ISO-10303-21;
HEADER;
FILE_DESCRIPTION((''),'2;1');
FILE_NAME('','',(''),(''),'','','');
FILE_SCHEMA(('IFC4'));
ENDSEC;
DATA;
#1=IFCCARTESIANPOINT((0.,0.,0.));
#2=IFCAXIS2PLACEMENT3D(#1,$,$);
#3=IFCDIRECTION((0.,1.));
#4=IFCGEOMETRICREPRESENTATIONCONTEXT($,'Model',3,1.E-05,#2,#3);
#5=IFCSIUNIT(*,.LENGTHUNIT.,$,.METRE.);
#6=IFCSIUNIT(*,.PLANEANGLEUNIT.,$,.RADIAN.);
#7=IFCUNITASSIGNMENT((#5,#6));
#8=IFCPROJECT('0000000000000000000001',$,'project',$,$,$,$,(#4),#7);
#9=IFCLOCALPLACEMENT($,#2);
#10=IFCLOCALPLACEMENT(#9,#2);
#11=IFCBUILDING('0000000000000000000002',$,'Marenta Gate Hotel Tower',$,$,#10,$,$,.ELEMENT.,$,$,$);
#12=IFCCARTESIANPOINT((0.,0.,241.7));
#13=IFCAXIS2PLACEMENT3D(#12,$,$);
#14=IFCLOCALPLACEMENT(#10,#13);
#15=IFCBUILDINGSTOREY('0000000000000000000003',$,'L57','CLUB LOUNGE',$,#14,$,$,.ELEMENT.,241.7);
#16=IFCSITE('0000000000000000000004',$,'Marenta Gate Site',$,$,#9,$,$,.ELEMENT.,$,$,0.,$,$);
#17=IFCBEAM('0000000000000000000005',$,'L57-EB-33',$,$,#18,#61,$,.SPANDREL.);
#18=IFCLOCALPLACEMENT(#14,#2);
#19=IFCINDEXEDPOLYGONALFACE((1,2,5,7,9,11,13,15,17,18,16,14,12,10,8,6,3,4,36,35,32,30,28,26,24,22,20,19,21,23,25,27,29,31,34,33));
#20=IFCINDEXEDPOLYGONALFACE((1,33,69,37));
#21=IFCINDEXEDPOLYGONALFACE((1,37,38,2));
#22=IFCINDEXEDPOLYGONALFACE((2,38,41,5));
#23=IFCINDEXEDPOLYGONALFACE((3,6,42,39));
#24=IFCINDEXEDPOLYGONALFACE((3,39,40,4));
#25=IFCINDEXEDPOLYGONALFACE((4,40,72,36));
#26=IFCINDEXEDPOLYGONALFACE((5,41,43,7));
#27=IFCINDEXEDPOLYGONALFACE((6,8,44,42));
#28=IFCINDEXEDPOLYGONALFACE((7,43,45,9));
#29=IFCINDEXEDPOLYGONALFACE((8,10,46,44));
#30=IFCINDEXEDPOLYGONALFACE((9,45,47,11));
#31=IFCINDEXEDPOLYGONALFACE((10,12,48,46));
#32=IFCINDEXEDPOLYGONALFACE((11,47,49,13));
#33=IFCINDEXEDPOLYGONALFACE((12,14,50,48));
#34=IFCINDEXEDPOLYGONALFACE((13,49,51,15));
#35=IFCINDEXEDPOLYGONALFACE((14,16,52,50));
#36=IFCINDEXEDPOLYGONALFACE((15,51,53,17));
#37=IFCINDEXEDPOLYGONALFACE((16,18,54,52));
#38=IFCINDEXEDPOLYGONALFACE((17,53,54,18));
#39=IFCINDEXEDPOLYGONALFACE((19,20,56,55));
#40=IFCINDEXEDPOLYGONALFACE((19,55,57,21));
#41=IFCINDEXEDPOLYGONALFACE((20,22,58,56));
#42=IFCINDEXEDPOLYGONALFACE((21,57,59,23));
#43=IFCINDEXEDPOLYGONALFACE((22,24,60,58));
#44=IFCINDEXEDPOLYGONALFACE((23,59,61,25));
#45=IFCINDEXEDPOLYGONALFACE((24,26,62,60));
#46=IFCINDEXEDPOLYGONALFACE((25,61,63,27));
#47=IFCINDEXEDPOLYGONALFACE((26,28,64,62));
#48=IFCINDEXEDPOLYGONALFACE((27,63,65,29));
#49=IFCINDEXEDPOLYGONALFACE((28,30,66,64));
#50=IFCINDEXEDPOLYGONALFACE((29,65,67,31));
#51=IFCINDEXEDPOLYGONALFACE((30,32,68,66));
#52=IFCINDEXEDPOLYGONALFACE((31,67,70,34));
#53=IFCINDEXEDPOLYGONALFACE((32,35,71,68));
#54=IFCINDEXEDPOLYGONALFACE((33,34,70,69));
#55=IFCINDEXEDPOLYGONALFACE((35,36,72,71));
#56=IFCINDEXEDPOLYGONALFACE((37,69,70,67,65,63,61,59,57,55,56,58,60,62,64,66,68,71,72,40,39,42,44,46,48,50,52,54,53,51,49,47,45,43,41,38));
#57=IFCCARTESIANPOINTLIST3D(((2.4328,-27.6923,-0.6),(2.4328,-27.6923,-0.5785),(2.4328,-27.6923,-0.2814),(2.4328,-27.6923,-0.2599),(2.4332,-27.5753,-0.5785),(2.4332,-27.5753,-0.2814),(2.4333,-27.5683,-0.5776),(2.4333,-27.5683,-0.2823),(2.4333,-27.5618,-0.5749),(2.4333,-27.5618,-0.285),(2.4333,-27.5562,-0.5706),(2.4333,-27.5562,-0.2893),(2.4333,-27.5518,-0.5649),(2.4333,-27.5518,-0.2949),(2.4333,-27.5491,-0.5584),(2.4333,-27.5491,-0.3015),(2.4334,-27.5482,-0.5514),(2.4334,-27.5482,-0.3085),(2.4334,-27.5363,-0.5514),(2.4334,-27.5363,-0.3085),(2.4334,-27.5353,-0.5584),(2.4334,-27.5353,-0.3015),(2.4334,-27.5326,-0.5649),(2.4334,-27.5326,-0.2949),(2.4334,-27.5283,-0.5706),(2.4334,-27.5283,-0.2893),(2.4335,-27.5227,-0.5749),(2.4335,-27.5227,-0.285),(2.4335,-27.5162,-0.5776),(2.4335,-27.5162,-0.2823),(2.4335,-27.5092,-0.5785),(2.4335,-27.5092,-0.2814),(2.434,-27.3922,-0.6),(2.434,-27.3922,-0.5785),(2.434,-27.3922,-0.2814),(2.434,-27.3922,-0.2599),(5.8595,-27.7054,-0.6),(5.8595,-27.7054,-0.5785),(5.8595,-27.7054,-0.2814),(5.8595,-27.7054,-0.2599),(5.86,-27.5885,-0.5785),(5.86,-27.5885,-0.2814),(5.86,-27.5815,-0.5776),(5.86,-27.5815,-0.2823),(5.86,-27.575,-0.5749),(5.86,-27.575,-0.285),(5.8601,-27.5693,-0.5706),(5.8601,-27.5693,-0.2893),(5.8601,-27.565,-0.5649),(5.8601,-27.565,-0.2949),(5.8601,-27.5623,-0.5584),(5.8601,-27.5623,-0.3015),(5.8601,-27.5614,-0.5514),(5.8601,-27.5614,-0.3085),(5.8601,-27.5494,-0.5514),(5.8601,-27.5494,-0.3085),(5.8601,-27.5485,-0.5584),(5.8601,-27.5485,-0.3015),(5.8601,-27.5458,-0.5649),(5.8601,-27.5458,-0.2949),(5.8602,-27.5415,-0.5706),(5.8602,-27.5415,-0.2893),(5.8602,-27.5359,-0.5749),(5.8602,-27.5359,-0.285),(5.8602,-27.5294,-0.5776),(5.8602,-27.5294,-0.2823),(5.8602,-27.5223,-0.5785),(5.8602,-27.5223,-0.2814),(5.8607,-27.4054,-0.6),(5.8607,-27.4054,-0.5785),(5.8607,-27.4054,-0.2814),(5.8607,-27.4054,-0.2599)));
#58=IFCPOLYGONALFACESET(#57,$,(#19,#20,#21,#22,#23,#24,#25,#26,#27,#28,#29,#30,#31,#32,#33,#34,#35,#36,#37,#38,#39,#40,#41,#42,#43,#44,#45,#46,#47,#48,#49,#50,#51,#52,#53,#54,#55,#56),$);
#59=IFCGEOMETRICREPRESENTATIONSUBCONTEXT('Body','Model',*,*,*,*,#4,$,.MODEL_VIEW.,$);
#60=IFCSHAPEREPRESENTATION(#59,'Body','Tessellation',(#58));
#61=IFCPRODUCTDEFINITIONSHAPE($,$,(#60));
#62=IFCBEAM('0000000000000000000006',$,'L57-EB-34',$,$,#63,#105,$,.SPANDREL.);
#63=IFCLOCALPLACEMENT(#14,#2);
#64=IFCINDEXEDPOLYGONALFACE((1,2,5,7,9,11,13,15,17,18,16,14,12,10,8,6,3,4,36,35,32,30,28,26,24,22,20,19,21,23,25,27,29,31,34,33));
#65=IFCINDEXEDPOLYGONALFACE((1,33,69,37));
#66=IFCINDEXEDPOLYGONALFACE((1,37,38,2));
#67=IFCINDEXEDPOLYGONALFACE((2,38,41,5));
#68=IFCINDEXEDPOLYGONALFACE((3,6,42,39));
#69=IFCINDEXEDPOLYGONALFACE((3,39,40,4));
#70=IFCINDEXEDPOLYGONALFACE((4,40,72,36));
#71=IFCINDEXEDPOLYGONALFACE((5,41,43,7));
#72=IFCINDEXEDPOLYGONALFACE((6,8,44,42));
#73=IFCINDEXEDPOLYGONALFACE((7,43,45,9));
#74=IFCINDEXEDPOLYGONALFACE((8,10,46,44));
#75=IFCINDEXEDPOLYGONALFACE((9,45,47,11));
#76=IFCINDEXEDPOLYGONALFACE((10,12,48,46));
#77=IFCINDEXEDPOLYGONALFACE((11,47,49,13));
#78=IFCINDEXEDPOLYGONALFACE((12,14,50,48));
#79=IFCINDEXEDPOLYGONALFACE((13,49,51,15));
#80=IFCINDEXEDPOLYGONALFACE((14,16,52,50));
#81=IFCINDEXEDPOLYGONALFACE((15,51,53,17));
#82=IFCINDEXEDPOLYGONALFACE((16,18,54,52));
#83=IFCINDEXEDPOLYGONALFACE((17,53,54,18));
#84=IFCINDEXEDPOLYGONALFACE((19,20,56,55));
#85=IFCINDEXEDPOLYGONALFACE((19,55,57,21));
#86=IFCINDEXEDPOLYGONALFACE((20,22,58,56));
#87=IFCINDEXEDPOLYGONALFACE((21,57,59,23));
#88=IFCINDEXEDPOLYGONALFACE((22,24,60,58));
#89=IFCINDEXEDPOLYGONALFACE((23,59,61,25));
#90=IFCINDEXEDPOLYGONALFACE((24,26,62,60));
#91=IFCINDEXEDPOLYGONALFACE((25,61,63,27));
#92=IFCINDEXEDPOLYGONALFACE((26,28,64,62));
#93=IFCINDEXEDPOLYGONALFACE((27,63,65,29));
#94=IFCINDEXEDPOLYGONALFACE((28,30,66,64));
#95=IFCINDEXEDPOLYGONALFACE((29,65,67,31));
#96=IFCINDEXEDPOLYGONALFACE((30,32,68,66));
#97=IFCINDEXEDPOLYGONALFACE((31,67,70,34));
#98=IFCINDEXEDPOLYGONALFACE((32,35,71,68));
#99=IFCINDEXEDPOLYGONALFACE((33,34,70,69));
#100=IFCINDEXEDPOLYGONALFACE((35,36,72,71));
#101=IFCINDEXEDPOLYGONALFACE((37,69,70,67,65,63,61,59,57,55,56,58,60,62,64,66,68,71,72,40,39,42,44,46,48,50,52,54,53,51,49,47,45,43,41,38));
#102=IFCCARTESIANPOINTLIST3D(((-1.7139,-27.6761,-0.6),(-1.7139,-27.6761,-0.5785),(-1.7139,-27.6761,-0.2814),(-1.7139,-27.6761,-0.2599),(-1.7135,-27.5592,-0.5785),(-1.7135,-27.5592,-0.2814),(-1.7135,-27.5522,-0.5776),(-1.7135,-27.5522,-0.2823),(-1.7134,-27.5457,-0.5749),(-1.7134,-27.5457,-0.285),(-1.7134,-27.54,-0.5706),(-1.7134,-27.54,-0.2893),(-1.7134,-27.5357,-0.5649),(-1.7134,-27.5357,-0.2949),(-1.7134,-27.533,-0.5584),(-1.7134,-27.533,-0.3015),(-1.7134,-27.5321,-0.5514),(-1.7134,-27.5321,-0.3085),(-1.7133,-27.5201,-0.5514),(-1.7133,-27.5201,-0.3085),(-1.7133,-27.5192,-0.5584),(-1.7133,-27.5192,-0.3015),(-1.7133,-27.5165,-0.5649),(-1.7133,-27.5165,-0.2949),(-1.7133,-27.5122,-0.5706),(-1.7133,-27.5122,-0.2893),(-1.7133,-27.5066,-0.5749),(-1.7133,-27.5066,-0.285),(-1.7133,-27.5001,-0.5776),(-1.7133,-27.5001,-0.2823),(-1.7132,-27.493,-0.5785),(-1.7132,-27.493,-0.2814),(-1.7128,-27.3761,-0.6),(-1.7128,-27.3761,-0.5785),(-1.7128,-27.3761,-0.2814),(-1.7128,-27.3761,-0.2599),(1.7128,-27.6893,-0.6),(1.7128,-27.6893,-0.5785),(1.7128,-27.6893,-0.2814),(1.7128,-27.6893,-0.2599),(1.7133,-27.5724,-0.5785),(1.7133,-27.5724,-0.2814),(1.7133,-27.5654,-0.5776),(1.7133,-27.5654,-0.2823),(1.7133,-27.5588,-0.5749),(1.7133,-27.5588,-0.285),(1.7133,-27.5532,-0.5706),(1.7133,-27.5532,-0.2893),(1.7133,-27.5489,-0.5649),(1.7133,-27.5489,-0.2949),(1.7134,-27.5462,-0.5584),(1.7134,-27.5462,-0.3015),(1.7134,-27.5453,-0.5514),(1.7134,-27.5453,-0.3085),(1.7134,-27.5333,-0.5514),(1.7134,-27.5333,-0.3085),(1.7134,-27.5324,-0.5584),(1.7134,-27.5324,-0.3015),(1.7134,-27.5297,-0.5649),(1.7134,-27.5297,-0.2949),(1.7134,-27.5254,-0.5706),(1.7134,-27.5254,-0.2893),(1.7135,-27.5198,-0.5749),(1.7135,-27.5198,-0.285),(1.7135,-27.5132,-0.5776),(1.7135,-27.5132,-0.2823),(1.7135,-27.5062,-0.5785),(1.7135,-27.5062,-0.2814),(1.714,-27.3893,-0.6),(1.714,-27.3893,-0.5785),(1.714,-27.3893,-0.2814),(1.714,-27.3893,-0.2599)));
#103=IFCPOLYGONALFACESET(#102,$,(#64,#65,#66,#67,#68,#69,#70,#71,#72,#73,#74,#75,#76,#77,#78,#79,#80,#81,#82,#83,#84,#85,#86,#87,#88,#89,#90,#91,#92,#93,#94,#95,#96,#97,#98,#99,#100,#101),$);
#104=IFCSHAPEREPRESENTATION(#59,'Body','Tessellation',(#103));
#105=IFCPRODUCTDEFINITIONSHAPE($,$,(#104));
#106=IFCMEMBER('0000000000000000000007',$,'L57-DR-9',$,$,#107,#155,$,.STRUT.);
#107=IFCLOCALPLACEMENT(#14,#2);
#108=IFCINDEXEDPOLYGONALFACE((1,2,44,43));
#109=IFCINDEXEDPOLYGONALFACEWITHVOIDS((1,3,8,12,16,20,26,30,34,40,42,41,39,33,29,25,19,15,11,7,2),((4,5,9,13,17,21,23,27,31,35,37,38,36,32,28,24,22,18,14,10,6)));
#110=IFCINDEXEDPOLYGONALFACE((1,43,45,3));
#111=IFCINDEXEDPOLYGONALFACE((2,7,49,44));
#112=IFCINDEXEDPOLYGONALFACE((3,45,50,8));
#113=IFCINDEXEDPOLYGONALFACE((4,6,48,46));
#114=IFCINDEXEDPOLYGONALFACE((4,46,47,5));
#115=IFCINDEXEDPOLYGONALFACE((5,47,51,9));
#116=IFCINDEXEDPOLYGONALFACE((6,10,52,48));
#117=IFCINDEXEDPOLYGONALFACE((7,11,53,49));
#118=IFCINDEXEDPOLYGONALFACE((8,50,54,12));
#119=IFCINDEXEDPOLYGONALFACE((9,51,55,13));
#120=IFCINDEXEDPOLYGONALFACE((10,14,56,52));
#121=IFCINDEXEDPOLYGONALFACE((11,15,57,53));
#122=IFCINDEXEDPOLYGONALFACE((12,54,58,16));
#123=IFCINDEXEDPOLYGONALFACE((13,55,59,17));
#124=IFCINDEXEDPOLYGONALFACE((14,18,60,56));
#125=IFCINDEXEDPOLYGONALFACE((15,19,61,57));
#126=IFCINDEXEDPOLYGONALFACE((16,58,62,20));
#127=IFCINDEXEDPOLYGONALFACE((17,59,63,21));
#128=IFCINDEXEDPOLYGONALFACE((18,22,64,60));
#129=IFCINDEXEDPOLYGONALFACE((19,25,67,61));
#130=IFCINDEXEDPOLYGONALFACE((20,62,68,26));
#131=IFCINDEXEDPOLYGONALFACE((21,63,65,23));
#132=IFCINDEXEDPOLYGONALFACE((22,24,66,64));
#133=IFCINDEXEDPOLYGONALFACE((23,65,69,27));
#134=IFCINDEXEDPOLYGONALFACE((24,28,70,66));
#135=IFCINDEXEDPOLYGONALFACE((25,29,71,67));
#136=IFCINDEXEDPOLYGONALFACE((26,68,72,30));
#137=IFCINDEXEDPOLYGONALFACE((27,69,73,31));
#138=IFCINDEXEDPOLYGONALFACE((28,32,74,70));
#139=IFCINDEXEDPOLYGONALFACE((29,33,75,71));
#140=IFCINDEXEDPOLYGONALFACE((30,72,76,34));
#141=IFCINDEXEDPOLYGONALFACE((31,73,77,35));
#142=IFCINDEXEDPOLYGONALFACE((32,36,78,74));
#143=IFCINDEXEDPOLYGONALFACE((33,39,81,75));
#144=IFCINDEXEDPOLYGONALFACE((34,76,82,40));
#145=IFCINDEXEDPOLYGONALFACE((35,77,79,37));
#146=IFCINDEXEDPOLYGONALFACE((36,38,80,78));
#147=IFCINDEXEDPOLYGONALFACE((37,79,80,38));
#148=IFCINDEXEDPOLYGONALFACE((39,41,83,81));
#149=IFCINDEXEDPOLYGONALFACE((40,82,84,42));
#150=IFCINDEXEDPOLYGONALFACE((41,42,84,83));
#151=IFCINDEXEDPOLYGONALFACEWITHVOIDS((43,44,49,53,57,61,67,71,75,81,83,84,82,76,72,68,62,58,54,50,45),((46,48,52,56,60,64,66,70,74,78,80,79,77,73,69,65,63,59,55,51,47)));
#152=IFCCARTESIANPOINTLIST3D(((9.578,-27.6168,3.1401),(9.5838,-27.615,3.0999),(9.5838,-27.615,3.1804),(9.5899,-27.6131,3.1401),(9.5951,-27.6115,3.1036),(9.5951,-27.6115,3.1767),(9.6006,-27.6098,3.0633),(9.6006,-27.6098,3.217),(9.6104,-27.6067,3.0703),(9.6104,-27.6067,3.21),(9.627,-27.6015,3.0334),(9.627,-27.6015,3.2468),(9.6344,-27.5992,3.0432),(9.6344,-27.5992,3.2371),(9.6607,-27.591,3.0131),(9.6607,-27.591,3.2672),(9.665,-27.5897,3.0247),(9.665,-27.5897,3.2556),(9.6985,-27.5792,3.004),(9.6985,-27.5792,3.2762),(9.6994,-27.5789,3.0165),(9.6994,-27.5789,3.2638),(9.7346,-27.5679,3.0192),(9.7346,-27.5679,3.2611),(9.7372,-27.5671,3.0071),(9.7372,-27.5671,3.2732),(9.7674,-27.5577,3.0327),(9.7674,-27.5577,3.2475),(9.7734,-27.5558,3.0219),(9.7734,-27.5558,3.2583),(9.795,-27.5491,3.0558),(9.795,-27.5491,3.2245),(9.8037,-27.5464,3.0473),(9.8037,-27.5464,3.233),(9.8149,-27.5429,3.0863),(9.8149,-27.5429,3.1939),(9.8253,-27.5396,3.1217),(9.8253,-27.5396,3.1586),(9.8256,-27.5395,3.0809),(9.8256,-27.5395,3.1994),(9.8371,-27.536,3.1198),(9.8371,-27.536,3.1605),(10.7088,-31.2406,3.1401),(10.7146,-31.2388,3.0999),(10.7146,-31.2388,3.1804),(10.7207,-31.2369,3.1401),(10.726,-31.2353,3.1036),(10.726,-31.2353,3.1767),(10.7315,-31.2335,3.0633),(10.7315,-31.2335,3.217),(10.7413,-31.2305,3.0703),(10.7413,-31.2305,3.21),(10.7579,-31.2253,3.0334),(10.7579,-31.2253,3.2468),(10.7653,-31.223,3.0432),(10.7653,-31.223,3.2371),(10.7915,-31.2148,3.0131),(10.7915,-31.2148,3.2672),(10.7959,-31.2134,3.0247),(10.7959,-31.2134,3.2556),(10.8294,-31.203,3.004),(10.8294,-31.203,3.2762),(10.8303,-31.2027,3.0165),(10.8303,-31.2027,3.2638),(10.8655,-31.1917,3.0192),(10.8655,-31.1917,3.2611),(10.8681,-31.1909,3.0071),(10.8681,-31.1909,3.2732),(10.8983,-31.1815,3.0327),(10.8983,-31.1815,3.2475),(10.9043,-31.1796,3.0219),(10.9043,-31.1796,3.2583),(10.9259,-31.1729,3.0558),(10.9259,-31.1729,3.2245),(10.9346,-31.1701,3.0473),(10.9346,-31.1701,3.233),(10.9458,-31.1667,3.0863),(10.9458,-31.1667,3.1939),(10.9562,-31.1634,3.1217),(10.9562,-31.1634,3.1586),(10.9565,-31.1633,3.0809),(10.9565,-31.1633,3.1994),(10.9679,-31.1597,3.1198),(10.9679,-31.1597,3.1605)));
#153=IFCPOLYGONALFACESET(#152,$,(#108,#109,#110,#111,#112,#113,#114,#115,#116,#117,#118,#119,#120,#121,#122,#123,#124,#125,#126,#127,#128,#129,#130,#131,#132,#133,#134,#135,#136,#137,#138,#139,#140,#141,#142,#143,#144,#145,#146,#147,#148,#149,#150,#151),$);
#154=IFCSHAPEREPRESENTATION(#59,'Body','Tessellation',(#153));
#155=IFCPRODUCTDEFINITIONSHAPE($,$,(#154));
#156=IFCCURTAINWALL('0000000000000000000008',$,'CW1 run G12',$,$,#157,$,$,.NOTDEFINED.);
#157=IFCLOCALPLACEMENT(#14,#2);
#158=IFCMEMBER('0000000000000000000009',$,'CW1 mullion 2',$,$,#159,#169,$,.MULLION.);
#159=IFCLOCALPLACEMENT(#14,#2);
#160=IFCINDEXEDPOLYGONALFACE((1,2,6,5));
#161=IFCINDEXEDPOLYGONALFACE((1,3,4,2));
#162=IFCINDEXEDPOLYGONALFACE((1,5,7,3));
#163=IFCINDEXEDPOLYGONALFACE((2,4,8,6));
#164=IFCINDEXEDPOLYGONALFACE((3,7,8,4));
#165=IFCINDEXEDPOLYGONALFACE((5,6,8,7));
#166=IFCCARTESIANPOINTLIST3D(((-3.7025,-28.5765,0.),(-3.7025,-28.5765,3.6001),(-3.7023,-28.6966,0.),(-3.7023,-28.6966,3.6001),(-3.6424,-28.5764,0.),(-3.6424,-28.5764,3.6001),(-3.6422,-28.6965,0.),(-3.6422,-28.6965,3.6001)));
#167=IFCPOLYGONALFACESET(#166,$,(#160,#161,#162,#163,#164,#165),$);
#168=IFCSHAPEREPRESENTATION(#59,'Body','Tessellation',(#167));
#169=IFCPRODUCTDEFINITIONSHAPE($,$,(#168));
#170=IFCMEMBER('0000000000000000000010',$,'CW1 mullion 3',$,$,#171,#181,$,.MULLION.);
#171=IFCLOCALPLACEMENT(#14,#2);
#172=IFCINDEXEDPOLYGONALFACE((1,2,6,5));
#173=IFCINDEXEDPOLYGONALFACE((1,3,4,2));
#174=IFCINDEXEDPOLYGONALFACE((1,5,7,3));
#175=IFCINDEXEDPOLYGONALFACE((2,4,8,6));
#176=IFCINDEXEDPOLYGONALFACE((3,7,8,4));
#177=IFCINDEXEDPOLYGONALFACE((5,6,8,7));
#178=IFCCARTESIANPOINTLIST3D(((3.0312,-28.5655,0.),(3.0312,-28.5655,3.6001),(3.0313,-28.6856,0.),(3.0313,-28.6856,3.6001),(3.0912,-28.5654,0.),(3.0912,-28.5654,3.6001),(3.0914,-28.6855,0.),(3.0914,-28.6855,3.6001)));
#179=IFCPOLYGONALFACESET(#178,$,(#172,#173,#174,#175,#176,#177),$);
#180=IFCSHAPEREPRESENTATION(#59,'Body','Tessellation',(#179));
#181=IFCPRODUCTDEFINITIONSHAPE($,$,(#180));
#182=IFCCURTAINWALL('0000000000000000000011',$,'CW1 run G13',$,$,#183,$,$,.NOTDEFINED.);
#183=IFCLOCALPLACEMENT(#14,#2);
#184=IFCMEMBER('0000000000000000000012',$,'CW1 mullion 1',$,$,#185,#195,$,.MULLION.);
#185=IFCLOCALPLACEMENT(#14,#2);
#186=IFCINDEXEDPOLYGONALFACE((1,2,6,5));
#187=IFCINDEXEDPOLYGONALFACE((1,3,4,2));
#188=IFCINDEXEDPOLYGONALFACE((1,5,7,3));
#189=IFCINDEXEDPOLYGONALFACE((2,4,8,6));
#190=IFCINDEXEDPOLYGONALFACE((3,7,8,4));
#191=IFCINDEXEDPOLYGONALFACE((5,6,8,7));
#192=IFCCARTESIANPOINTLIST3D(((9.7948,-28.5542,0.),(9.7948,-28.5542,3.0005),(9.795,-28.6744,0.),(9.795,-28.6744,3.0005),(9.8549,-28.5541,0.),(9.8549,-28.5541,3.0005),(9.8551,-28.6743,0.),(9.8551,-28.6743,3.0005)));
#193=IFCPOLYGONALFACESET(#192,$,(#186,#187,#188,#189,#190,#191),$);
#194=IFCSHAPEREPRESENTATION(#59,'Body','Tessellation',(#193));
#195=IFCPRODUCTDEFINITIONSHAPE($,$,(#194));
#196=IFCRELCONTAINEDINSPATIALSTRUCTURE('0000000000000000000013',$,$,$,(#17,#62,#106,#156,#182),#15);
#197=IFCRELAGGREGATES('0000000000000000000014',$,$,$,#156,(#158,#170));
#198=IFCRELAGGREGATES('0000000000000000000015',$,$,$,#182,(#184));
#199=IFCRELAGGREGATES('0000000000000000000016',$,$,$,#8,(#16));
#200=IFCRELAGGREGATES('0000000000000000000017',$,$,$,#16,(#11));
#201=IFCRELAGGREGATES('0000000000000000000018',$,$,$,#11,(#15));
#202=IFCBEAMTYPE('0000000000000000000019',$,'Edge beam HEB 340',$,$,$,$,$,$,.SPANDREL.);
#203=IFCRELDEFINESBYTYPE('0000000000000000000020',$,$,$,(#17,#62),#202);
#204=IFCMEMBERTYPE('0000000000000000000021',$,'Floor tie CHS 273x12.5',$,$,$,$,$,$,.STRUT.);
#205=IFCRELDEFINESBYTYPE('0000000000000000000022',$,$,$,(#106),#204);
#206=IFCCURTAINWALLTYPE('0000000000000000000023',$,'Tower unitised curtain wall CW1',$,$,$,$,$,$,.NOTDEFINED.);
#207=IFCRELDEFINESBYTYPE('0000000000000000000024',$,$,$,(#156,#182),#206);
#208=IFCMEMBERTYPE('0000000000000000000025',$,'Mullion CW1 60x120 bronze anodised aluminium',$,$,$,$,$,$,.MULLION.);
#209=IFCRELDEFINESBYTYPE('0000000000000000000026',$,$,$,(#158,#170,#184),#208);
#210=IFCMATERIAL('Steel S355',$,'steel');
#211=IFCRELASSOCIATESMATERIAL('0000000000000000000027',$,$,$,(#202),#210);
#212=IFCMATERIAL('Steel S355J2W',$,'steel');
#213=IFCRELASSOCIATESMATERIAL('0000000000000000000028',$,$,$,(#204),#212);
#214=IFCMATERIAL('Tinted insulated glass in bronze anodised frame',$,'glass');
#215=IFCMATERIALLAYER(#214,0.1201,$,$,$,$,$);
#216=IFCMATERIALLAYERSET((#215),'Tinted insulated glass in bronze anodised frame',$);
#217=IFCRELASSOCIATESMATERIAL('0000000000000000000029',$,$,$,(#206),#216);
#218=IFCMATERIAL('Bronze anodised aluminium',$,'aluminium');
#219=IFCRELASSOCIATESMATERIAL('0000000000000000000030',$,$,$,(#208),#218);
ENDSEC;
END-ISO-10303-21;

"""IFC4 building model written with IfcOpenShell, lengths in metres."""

from ifc_helpers import new_model, si_unit, direction, frame, origin, origin_2d, place, context, subcontext, project, spatial, rectangle, hollow_circle, i_section, extrude, material, layer, layer_set, material_profile, profile_set, type_object, element, aggregate, save


model = new_model("IFC4")

# Units and contexts
model_context = context("Model", 3, precision=1e-05, world=origin(), true_north=direction((0.0, 1.0)))
body_context = subcontext(model_context, "Body", "Model", "MODEL_VIEW")
ifc_project = project(units=[si_unit("LENGTHUNIT", "METRE"), si_unit("PLANEANGLEUNIT", "RADIAN")], contexts=[model_context])

# Site, building, storey
site_placement = place(None, origin())
site = spatial("IfcSite", under=ifc_project, at=site_placement, Name="Marenta Gate Site", CompositionType="ELEMENT", RefElevation=0.0)
building_placement = place(site_placement, origin())
building = spatial("IfcBuilding", under=site, at=building_placement, Name="Marenta Gate Hotel Tower", CompositionType="ELEMENT")
storey_placement = place(building_placement, frame((0.0, 0.0, 241.7)))
storey = spatial("IfcBuildingStorey", under=building, at=storey_placement, Name="L57", Description="CLUB LOUNGE", CompositionType="ELEMENT", Elevation=241.7)

# Beams
ifc_material_1 = material(Name="Steel S355", Category="steel")
ifc_material_profile_1 = material_profile(ifc_material_1, i_section(OverallWidth=0.3, OverallDepth=0.3401, WebThickness=0.012, FlangeThickness=0.0215, FilletRadius=0.0271, at=origin_2d()), Name="HEB 340")
ifc_profile_set_1 = profile_set([ifc_material_profile_1], Name="Steel S355")
beam_type = type_object("IfcBeamType", Name="Edge beam HEB 340", PredefinedType="SPANDREL", material=ifc_profile_set_1)
for number, where, z_axis, x_axis, name in (
    (1, (5.8601, -27.5554, -0.4299), (-0.999993, 0.003847, 0.0), (-0.003847, -0.999993, 0.0), "L57-EB-33"),
    (2, (1.7134, -27.5393, -0.4299), (-0.999993, 0.003847, 0.0), (-0.003847, -0.999993, 0.0), "L57-EB-34"),
):
    element("IfcBeam", number, at=place(storey_placement, frame(where, z_axis=z_axis, x_axis=x_axis)), inside=storey, type_object=beam_type, Name=name, PredefinedType="SPANDREL", context=body_context, shape_type="SweptSolid", body=[
        extrude(i_section(OverallWidth=0.3, OverallDepth=0.3401, WebThickness=0.012, FlangeThickness=0.0215, FilletRadius=0.0271, at=origin_2d()), origin(), (0.0, 0.0, 1.0), 3.4268),
    ])

# Member
ifc_material_2 = material(Name="Steel S355J2W", Category="steel")
ifc_material_profile_2 = material_profile(ifc_material_2, hollow_circle(Radius=0.1365, WallThickness=0.0125, at=origin_2d()), Name="CHS 273x12.5")
ifc_profile_set_2 = profile_set([ifc_material_profile_2], Name="Steel S355J2W")
member_type_1 = type_object("IfcMemberType", Name="Floor tie CHS 273x12.5", PredefinedType="STRUT", material=ifc_profile_set_2)
member_1_placement = place(storey_placement, frame((10.8391, -31.2, 3.1401), z_axis=(-0.297898, 0.954598, 0.0), x_axis=(-0.954598, -0.297898, 0.0)))
element("IfcMember", 3, at=member_1_placement, inside=storey, type_object=member_type_1, Name="L57-DR-9", PredefinedType="STRUT", context=body_context, shape_type="SweptSolid", body=[
    extrude(hollow_circle(Radius=0.1365, WallThickness=0.0125, at=origin_2d()), origin(), (0.0, 0.0, 1.0), 3.7961),
])

# Curtain wall, members
ifc_material_3 = material(Name="Tinted insulated glass in bronze anodised frame", Category="glass")
ifc_layer_1 = layer(ifc_material_3, 0.1201)
ifc_layer_set_1 = layer_set([ifc_layer_1], Name="Tinted insulated glass in bronze anodised frame")
curtain_wall_type = type_object("IfcCurtainWallType", Name="Tower unitised curtain wall CW1", PredefinedType="NOTDEFINED", material=ifc_layer_set_1)
curtain_wall_1_placement = place(storey_placement, origin())
curtain_wall_1 = element("IfcCurtainWall", 4, at=curtain_wall_1_placement, inside=storey, type_object=curtain_wall_type, Name="CW1 run G12", PredefinedType="NOTDEFINED")
ifc_material_4 = material(Name="Bronze anodised aluminium", Category="aluminium")
ifc_material_profile_3 = material_profile(ifc_material_4, rectangle(XDim=0.1201, YDim=0.0601, at=origin_2d()), Name="Mullion CW1 60x120 bronze anodised aluminium")
ifc_profile_set_3 = profile_set([ifc_material_profile_3], Name="Bronze anodised aluminium")
member_type_2 = type_object("IfcMemberType", Name="Mullion CW1 60x120 bronze anodised aluminium", PredefinedType="MULLION", material=ifc_profile_set_3)
member_2_placement = place(storey_placement, frame((-3.6724, -28.6365, 0.0), z_axis=(0.0, 0.0, 1.0), x_axis=(-0.001643, 0.999999, 0.0)))
member_2 = element("IfcMember", 5, at=member_2_placement, type_object=member_type_2, Name="CW1 mullion 2", PredefinedType="MULLION", context=body_context, shape_type="SweptSolid", body=[
    extrude(rectangle(XDim=0.1201, YDim=0.0601, at=origin_2d()), origin(), (0.0, 0.0, 1.0), 3.6001),
])
member_3_placement = place(storey_placement, frame((3.0613, -28.6255, 0.0), z_axis=(0.0, 0.0, 1.0), x_axis=(-0.001643, 0.999999, 0.0)))
member_3 = element("IfcMember", 6, at=member_3_placement, type_object=member_type_2, Name="CW1 mullion 3", PredefinedType="MULLION", context=body_context, shape_type="SweptSolid", body=[
    extrude(rectangle(XDim=0.1201, YDim=0.0601, at=origin_2d()), origin(), (0.0, 0.0, 1.0), 3.6001),
])

# Curtain wall, member
curtain_wall_2_placement = place(storey_placement, origin())
curtain_wall_2 = element("IfcCurtainWall", 7, at=curtain_wall_2_placement, inside=storey, type_object=curtain_wall_type, Name="CW1 run G13", PredefinedType="NOTDEFINED")
member_4_placement = place(storey_placement, frame((9.825, -28.6143, 0.0), z_axis=(0.0, 0.0, 1.0), x_axis=(-0.001687, 0.999999, 0.0)))
member_4 = element("IfcMember", 8, at=member_4_placement, type_object=member_type_2, Name="CW1 mullion 1", PredefinedType="MULLION", context=body_context, shape_type="SweptSolid", body=[
    extrude(rectangle(XDim=0.1201, YDim=0.0601, at=origin_2d()), origin(), (0.0, 0.0, 1.0), 3.0005),
])

aggregate(curtain_wall_1, [member_2, member_3])
aggregate(curtain_wall_2, [member_4])

save(model, "model.ifc")
